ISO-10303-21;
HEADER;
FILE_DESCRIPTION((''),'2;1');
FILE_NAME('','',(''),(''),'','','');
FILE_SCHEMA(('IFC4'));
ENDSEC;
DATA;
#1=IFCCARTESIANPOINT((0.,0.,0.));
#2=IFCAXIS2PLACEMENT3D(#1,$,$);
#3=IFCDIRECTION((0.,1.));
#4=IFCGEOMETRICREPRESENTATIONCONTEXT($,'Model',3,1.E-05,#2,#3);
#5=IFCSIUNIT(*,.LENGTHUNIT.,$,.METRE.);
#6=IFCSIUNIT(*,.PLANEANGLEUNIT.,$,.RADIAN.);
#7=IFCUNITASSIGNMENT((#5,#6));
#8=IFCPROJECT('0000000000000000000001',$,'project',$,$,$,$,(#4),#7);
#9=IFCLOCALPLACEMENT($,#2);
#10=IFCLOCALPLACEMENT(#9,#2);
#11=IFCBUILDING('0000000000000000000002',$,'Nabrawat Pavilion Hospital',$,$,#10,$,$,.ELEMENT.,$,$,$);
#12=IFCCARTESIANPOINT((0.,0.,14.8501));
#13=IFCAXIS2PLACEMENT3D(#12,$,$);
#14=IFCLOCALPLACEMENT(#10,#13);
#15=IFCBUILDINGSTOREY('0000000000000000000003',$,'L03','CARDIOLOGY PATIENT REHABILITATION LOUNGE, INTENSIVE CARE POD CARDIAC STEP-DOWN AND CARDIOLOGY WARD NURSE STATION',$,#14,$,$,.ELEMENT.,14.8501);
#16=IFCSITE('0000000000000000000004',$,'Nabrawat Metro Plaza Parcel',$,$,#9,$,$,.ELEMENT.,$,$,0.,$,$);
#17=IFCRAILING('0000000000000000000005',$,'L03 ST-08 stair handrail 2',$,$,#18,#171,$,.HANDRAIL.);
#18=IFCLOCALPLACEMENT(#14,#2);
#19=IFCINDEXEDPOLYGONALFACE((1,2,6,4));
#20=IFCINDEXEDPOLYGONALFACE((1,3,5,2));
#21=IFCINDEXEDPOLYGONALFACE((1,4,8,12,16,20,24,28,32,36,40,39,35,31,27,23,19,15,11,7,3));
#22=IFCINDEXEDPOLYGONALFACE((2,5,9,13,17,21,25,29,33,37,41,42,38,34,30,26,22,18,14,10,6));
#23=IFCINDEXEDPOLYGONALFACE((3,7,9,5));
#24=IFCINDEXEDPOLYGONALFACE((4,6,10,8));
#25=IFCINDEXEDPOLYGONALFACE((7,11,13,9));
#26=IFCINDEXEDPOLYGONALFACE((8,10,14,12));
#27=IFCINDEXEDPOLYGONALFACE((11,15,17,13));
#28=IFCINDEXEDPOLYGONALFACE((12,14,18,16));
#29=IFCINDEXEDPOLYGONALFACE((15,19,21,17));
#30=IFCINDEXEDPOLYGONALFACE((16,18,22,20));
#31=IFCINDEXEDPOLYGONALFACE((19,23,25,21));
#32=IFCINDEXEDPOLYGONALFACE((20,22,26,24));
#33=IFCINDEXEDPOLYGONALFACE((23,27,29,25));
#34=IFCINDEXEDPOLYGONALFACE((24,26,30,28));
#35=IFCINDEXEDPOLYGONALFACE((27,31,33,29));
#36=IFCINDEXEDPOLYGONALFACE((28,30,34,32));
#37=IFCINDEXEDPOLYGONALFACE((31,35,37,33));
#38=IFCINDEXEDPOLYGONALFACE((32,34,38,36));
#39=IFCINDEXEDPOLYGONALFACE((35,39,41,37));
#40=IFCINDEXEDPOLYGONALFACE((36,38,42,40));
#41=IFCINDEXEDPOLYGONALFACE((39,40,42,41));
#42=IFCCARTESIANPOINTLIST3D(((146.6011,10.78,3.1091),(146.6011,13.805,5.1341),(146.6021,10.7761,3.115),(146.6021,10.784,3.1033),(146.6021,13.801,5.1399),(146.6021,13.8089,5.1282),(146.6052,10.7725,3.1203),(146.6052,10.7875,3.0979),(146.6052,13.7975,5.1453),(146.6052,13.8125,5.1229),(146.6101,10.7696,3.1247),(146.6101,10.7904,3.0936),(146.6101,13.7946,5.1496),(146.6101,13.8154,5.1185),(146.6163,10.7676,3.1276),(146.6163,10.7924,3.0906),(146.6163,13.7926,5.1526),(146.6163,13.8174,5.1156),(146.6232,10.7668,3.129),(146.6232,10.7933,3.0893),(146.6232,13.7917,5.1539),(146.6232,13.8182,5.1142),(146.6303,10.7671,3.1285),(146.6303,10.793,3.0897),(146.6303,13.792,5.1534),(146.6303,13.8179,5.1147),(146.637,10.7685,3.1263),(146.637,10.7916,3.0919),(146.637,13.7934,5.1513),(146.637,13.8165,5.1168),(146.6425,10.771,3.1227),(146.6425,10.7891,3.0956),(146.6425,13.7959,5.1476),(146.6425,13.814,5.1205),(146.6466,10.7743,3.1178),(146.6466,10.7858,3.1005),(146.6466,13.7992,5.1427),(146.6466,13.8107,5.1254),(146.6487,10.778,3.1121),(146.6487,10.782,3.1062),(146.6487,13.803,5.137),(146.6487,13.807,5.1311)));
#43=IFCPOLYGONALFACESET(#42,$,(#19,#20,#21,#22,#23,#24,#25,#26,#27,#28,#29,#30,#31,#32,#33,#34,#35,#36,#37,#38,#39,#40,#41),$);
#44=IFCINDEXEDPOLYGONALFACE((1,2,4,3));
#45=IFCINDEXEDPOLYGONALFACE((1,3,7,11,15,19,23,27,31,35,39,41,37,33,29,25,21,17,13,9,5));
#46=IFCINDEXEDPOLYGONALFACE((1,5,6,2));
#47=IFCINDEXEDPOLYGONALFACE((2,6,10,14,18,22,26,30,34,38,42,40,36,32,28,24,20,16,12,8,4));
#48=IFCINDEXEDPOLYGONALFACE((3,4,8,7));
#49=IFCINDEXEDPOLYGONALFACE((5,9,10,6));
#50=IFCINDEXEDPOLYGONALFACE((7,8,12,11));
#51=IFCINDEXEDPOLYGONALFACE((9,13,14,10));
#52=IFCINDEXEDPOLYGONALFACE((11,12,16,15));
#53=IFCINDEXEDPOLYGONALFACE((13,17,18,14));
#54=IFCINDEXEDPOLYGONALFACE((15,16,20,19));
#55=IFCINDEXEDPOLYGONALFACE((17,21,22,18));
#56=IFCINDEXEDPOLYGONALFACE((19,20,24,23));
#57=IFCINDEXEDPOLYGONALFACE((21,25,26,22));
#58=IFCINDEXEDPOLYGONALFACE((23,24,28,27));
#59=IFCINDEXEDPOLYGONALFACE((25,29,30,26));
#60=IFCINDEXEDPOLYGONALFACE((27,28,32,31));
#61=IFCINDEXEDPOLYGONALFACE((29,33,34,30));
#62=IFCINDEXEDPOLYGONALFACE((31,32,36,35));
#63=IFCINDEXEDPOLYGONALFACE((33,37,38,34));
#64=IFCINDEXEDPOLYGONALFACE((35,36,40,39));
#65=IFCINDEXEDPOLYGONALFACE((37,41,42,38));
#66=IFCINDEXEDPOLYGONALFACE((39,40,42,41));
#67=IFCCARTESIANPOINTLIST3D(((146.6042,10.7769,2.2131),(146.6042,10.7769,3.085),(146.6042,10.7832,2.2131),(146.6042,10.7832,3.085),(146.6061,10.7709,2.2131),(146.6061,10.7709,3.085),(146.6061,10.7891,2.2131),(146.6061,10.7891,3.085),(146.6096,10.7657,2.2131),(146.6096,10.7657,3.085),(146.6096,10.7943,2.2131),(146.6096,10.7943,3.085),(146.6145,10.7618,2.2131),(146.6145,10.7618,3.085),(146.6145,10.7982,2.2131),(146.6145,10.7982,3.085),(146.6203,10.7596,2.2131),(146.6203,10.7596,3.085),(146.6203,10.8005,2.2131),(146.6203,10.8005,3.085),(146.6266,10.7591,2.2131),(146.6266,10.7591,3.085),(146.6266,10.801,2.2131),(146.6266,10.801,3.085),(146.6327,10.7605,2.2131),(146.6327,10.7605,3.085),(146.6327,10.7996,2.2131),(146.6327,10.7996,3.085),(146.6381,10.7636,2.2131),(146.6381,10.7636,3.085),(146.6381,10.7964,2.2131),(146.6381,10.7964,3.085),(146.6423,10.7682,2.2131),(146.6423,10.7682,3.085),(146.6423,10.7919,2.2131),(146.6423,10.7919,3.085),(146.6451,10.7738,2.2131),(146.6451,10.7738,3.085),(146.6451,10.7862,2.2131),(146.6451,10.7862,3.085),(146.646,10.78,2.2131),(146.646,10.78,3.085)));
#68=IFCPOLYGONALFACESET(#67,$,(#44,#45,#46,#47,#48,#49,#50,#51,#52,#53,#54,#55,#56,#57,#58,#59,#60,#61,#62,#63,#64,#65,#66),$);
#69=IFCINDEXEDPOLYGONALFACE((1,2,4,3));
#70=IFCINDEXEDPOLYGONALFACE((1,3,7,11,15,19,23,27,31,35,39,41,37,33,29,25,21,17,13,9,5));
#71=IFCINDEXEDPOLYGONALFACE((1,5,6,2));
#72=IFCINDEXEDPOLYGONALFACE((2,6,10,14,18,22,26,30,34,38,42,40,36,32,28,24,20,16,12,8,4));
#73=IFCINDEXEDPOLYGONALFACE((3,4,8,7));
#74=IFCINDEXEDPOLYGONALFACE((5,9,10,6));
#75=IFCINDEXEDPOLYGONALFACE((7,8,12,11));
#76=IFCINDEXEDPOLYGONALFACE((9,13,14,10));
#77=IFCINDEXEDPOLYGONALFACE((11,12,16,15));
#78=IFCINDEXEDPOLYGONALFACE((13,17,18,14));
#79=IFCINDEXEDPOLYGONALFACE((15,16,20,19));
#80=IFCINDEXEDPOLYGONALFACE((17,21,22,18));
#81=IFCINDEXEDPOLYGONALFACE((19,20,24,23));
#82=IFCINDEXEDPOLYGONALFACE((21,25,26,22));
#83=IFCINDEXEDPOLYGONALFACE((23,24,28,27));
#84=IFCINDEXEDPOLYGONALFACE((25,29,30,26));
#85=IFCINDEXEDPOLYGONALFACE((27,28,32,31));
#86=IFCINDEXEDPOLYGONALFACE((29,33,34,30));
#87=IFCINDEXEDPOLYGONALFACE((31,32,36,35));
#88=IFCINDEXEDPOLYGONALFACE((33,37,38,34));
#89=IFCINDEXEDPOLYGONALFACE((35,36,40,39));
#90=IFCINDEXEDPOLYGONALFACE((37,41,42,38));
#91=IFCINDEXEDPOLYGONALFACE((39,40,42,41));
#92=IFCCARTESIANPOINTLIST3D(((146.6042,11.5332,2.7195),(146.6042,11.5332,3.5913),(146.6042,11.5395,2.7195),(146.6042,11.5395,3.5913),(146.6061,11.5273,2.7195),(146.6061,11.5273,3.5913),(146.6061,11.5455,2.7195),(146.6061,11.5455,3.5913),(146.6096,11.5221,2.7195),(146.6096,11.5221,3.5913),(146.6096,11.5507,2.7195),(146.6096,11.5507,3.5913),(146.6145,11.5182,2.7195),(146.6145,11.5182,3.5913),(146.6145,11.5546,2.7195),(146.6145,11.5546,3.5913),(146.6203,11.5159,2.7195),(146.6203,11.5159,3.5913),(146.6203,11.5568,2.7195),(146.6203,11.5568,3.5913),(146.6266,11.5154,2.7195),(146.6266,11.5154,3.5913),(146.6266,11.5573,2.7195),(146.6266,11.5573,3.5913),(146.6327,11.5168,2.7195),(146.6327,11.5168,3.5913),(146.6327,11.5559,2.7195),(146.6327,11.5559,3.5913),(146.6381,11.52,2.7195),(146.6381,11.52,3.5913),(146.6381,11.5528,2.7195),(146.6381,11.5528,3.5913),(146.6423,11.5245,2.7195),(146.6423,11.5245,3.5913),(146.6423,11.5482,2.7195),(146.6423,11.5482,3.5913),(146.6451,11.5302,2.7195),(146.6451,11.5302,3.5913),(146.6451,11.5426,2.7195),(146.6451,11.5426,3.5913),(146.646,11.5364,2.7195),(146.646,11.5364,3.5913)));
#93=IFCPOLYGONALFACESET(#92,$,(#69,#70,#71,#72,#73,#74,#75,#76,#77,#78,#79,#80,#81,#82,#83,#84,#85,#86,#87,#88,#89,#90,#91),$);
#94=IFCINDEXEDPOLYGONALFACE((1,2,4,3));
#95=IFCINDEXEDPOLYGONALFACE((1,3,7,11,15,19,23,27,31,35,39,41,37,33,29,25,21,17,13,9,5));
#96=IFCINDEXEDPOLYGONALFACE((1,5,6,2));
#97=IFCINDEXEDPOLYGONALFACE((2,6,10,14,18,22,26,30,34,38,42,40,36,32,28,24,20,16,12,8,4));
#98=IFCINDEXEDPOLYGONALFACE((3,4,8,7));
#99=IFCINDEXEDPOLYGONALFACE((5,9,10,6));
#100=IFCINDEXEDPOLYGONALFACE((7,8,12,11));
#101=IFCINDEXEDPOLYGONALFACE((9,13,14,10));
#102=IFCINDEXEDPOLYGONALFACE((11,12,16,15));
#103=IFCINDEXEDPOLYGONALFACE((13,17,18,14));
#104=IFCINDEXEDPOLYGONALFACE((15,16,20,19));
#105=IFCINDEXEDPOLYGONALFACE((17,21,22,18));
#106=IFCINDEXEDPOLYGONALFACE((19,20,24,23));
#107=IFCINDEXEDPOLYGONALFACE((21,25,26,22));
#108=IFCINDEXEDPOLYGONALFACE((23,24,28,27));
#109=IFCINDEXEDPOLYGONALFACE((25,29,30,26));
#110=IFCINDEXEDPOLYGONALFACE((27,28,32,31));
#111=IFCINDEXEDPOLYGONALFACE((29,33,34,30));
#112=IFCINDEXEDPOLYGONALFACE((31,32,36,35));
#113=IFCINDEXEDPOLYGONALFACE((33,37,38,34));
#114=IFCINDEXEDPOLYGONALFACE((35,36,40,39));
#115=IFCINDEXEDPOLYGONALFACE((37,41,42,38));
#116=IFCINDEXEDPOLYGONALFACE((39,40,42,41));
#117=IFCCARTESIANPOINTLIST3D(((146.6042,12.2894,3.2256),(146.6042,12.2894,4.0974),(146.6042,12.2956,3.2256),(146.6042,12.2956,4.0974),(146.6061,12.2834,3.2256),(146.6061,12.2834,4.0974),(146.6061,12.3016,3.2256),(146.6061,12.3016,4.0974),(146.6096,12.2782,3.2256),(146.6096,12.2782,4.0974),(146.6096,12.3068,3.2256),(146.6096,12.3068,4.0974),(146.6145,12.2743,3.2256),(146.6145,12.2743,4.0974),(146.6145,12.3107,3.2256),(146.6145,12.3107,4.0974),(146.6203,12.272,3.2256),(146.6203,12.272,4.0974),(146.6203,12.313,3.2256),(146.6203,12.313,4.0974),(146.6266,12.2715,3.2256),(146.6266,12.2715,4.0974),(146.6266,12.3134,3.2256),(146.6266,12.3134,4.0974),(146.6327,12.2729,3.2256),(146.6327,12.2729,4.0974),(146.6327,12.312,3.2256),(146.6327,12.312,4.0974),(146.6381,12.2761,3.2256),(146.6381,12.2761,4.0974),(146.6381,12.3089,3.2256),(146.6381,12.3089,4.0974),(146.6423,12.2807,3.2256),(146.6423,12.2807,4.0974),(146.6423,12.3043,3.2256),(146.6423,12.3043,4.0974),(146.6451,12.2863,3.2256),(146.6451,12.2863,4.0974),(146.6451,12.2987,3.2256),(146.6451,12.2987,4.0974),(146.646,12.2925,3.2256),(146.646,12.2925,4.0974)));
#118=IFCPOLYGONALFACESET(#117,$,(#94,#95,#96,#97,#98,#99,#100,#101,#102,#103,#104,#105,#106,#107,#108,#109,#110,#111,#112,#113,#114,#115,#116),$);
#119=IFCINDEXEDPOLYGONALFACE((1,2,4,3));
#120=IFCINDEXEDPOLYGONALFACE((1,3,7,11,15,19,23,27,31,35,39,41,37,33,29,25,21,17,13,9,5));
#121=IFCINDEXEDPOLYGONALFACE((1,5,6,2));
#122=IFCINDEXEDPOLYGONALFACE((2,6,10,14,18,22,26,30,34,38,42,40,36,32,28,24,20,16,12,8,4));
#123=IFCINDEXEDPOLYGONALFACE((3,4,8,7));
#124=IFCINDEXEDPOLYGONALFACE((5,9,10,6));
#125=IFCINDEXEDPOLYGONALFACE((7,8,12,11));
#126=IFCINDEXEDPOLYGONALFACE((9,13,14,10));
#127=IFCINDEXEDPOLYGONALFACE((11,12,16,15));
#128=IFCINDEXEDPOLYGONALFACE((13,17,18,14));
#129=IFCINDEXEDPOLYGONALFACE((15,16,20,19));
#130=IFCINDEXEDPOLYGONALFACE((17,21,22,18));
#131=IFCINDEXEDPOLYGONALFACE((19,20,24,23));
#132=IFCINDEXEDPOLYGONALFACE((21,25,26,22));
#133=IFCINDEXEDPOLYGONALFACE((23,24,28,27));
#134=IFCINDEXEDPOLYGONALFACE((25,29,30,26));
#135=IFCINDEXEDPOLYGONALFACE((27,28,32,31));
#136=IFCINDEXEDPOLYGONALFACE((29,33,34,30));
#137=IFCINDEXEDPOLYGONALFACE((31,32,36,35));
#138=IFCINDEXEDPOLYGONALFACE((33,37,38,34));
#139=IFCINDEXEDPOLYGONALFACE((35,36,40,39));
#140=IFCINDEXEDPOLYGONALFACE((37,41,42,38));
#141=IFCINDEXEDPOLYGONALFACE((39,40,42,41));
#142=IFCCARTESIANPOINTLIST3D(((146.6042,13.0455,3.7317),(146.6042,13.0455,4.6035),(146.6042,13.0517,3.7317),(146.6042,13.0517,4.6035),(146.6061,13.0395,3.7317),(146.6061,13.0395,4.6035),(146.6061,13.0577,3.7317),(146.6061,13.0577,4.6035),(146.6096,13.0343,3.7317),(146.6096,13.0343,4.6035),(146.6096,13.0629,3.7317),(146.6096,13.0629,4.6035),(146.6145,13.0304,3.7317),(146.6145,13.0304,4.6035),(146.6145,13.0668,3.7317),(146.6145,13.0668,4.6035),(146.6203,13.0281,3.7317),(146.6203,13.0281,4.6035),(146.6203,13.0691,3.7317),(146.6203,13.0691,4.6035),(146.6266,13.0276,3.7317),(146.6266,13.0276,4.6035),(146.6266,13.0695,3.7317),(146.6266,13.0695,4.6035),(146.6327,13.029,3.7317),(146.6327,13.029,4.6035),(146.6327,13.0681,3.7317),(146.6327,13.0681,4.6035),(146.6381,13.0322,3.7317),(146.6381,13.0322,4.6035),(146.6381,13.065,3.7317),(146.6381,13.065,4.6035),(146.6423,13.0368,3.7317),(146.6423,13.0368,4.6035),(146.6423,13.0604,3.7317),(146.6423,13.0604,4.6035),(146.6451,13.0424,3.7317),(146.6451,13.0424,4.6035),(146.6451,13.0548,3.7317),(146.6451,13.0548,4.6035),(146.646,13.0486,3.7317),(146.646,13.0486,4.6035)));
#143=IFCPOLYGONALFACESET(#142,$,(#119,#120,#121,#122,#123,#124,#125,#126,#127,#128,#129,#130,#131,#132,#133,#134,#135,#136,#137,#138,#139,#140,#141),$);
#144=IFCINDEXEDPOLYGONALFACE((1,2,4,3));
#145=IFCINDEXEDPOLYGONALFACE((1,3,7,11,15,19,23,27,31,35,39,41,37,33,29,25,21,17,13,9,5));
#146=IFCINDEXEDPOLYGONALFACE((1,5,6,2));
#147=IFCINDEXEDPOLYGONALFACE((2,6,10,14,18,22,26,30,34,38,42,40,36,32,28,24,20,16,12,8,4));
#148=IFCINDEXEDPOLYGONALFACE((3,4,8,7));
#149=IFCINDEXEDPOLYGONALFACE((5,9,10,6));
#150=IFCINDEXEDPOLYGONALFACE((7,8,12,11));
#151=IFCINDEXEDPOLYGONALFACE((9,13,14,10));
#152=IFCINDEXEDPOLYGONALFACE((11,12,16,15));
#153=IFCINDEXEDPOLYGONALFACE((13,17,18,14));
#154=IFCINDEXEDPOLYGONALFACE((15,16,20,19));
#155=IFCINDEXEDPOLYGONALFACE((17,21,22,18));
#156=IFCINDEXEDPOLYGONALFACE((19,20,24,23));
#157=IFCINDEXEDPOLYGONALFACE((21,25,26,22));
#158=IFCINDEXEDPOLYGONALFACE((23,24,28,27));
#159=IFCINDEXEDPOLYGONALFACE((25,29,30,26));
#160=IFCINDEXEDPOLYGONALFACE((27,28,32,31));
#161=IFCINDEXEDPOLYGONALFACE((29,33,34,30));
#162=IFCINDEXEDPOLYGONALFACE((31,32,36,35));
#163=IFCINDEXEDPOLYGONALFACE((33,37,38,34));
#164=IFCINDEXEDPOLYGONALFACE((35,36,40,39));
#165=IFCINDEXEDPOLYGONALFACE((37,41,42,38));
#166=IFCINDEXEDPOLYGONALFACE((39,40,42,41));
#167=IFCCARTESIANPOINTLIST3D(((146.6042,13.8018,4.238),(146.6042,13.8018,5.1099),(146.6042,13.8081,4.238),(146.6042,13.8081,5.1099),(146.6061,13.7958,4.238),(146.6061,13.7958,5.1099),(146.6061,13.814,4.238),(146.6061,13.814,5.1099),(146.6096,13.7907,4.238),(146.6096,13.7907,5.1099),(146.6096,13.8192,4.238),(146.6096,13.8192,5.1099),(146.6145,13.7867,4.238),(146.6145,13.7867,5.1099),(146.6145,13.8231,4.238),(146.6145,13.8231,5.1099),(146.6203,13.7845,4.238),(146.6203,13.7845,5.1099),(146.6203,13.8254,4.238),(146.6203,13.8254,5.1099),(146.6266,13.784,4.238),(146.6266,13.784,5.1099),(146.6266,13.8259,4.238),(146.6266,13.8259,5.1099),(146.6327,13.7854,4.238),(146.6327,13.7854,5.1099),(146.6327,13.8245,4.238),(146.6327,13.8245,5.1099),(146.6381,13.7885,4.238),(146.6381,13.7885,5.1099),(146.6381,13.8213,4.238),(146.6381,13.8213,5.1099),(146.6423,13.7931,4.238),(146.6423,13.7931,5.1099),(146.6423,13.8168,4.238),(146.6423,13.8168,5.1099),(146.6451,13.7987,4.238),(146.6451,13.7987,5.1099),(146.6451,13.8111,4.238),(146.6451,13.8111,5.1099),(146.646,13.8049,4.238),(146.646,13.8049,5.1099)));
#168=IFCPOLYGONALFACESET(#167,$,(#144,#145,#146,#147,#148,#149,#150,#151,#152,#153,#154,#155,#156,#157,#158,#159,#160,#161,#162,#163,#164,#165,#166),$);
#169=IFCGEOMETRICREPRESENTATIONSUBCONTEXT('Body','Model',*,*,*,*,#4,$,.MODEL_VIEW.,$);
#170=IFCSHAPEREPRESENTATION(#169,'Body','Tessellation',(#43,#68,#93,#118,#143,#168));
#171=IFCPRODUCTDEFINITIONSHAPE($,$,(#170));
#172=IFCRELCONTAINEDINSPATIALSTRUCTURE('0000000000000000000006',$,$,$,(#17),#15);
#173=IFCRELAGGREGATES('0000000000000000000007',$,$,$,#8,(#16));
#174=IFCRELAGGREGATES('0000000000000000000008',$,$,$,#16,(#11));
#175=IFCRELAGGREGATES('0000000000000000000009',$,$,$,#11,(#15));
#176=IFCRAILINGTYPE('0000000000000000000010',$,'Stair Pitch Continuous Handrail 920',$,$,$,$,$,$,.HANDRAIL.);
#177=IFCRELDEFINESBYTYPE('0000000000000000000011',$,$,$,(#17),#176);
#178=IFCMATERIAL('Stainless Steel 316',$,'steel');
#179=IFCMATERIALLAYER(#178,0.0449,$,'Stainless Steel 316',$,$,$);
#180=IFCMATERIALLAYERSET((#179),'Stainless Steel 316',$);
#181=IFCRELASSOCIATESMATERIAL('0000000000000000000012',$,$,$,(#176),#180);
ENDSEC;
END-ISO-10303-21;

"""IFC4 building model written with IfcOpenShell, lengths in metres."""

from ifc_helpers import new_model, si_unit, direction, frame, origin, origin_2d, place, context, subcontext, project, spatial, circle, extrude, material, layer, layer_set, type_object, element, save


model = new_model("IFC4")

# Units and contexts
model_context = context("Model", 3, precision=1e-05, world=origin(), true_north=direction((0.0, 1.0)))
body_context = subcontext(model_context, "Body", "Model", "MODEL_VIEW")
ifc_project = project(units=[si_unit("LENGTHUNIT", "METRE"), si_unit("PLANEANGLEUNIT", "RADIAN")], contexts=[model_context])

# Site, building, storey
site_placement = place(None, origin())
site = spatial("IfcSite", under=ifc_project, at=site_placement, Name="Nabrawat Metro Plaza Parcel", CompositionType="ELEMENT", RefElevation=0.0)
building_placement = place(site_placement, origin())
building = spatial("IfcBuilding", under=site, at=building_placement, Name="Nabrawat Pavilion Hospital", CompositionType="ELEMENT")
storey_placement = place(building_placement, frame((0.0, 0.0, 14.8501)))
storey = spatial("IfcBuildingStorey", under=building, at=storey_placement, Name="L03", Description="CARDIOLOGY PATIENT REHABILITATION LOUNGE, INTENSIVE CARE POD CARDIAC STEP-DOWN AND CARDIOLOGY WARD NURSE STATION", CompositionType="ELEMENT", Elevation=14.8501)

# Railing
ifc_material_1 = material(Name="Stainless Steel 316", Category="steel")
ifc_layer_1 = layer(ifc_material_1, 0.0449, Name="Stainless Steel 316")
ifc_layer_set_1 = layer_set([ifc_layer_1], Name="Stainless Steel 316")
railing_type_1 = type_object("IfcRailingType", Name="Stair Pitch Continuous Handrail 920", PredefinedType="HANDRAIL", material=ifc_layer_set_1)
railing_1_placement = place(storey_placement, frame((146.625, 10.78, 2.2131)))
element("IfcRailing", 1, at=railing_1_placement, inside=storey, type_object=railing_type_1, Name="L03 ST-08 stair handrail 2", PredefinedType="HANDRAIL", context=body_context, shape_type="SweptSolid", body=[
    extrude(circle(Radius=0.0239, at=origin_2d()), frame((0.0, 0.0, 0.896), z_axis=(0.0, 0.830996, 0.556278), x_axis=(-1.0, 0.0, 0.0)), (0.0, 0.0, 1.0), 3.6401),
    extrude(circle(Radius=0.021, at=origin_2d()), origin(), (0.0, 0.0, 1.0), 0.8718),
    extrude(circle(Radius=0.021, at=origin_2d()), frame((0.0, 0.7563, 0.5063)), (0.0, 0.0, 1.0), 0.8718),
    extrude(circle(Radius=0.021, at=origin_2d()), frame((0.0, 1.5125, 1.0125)), (0.0, 0.0, 1.0), 0.8718),
    extrude(circle(Radius=0.021, at=origin_2d()), frame((0.0, 2.2686, 1.5186)), (0.0, 0.0, 1.0), 0.8718),
    extrude(circle(Radius=0.021, at=origin_2d()), frame((0.0, 3.0249, 2.0249)), (0.0, 0.0, 1.0), 0.8718),
])

save(model, "model.ifc")
